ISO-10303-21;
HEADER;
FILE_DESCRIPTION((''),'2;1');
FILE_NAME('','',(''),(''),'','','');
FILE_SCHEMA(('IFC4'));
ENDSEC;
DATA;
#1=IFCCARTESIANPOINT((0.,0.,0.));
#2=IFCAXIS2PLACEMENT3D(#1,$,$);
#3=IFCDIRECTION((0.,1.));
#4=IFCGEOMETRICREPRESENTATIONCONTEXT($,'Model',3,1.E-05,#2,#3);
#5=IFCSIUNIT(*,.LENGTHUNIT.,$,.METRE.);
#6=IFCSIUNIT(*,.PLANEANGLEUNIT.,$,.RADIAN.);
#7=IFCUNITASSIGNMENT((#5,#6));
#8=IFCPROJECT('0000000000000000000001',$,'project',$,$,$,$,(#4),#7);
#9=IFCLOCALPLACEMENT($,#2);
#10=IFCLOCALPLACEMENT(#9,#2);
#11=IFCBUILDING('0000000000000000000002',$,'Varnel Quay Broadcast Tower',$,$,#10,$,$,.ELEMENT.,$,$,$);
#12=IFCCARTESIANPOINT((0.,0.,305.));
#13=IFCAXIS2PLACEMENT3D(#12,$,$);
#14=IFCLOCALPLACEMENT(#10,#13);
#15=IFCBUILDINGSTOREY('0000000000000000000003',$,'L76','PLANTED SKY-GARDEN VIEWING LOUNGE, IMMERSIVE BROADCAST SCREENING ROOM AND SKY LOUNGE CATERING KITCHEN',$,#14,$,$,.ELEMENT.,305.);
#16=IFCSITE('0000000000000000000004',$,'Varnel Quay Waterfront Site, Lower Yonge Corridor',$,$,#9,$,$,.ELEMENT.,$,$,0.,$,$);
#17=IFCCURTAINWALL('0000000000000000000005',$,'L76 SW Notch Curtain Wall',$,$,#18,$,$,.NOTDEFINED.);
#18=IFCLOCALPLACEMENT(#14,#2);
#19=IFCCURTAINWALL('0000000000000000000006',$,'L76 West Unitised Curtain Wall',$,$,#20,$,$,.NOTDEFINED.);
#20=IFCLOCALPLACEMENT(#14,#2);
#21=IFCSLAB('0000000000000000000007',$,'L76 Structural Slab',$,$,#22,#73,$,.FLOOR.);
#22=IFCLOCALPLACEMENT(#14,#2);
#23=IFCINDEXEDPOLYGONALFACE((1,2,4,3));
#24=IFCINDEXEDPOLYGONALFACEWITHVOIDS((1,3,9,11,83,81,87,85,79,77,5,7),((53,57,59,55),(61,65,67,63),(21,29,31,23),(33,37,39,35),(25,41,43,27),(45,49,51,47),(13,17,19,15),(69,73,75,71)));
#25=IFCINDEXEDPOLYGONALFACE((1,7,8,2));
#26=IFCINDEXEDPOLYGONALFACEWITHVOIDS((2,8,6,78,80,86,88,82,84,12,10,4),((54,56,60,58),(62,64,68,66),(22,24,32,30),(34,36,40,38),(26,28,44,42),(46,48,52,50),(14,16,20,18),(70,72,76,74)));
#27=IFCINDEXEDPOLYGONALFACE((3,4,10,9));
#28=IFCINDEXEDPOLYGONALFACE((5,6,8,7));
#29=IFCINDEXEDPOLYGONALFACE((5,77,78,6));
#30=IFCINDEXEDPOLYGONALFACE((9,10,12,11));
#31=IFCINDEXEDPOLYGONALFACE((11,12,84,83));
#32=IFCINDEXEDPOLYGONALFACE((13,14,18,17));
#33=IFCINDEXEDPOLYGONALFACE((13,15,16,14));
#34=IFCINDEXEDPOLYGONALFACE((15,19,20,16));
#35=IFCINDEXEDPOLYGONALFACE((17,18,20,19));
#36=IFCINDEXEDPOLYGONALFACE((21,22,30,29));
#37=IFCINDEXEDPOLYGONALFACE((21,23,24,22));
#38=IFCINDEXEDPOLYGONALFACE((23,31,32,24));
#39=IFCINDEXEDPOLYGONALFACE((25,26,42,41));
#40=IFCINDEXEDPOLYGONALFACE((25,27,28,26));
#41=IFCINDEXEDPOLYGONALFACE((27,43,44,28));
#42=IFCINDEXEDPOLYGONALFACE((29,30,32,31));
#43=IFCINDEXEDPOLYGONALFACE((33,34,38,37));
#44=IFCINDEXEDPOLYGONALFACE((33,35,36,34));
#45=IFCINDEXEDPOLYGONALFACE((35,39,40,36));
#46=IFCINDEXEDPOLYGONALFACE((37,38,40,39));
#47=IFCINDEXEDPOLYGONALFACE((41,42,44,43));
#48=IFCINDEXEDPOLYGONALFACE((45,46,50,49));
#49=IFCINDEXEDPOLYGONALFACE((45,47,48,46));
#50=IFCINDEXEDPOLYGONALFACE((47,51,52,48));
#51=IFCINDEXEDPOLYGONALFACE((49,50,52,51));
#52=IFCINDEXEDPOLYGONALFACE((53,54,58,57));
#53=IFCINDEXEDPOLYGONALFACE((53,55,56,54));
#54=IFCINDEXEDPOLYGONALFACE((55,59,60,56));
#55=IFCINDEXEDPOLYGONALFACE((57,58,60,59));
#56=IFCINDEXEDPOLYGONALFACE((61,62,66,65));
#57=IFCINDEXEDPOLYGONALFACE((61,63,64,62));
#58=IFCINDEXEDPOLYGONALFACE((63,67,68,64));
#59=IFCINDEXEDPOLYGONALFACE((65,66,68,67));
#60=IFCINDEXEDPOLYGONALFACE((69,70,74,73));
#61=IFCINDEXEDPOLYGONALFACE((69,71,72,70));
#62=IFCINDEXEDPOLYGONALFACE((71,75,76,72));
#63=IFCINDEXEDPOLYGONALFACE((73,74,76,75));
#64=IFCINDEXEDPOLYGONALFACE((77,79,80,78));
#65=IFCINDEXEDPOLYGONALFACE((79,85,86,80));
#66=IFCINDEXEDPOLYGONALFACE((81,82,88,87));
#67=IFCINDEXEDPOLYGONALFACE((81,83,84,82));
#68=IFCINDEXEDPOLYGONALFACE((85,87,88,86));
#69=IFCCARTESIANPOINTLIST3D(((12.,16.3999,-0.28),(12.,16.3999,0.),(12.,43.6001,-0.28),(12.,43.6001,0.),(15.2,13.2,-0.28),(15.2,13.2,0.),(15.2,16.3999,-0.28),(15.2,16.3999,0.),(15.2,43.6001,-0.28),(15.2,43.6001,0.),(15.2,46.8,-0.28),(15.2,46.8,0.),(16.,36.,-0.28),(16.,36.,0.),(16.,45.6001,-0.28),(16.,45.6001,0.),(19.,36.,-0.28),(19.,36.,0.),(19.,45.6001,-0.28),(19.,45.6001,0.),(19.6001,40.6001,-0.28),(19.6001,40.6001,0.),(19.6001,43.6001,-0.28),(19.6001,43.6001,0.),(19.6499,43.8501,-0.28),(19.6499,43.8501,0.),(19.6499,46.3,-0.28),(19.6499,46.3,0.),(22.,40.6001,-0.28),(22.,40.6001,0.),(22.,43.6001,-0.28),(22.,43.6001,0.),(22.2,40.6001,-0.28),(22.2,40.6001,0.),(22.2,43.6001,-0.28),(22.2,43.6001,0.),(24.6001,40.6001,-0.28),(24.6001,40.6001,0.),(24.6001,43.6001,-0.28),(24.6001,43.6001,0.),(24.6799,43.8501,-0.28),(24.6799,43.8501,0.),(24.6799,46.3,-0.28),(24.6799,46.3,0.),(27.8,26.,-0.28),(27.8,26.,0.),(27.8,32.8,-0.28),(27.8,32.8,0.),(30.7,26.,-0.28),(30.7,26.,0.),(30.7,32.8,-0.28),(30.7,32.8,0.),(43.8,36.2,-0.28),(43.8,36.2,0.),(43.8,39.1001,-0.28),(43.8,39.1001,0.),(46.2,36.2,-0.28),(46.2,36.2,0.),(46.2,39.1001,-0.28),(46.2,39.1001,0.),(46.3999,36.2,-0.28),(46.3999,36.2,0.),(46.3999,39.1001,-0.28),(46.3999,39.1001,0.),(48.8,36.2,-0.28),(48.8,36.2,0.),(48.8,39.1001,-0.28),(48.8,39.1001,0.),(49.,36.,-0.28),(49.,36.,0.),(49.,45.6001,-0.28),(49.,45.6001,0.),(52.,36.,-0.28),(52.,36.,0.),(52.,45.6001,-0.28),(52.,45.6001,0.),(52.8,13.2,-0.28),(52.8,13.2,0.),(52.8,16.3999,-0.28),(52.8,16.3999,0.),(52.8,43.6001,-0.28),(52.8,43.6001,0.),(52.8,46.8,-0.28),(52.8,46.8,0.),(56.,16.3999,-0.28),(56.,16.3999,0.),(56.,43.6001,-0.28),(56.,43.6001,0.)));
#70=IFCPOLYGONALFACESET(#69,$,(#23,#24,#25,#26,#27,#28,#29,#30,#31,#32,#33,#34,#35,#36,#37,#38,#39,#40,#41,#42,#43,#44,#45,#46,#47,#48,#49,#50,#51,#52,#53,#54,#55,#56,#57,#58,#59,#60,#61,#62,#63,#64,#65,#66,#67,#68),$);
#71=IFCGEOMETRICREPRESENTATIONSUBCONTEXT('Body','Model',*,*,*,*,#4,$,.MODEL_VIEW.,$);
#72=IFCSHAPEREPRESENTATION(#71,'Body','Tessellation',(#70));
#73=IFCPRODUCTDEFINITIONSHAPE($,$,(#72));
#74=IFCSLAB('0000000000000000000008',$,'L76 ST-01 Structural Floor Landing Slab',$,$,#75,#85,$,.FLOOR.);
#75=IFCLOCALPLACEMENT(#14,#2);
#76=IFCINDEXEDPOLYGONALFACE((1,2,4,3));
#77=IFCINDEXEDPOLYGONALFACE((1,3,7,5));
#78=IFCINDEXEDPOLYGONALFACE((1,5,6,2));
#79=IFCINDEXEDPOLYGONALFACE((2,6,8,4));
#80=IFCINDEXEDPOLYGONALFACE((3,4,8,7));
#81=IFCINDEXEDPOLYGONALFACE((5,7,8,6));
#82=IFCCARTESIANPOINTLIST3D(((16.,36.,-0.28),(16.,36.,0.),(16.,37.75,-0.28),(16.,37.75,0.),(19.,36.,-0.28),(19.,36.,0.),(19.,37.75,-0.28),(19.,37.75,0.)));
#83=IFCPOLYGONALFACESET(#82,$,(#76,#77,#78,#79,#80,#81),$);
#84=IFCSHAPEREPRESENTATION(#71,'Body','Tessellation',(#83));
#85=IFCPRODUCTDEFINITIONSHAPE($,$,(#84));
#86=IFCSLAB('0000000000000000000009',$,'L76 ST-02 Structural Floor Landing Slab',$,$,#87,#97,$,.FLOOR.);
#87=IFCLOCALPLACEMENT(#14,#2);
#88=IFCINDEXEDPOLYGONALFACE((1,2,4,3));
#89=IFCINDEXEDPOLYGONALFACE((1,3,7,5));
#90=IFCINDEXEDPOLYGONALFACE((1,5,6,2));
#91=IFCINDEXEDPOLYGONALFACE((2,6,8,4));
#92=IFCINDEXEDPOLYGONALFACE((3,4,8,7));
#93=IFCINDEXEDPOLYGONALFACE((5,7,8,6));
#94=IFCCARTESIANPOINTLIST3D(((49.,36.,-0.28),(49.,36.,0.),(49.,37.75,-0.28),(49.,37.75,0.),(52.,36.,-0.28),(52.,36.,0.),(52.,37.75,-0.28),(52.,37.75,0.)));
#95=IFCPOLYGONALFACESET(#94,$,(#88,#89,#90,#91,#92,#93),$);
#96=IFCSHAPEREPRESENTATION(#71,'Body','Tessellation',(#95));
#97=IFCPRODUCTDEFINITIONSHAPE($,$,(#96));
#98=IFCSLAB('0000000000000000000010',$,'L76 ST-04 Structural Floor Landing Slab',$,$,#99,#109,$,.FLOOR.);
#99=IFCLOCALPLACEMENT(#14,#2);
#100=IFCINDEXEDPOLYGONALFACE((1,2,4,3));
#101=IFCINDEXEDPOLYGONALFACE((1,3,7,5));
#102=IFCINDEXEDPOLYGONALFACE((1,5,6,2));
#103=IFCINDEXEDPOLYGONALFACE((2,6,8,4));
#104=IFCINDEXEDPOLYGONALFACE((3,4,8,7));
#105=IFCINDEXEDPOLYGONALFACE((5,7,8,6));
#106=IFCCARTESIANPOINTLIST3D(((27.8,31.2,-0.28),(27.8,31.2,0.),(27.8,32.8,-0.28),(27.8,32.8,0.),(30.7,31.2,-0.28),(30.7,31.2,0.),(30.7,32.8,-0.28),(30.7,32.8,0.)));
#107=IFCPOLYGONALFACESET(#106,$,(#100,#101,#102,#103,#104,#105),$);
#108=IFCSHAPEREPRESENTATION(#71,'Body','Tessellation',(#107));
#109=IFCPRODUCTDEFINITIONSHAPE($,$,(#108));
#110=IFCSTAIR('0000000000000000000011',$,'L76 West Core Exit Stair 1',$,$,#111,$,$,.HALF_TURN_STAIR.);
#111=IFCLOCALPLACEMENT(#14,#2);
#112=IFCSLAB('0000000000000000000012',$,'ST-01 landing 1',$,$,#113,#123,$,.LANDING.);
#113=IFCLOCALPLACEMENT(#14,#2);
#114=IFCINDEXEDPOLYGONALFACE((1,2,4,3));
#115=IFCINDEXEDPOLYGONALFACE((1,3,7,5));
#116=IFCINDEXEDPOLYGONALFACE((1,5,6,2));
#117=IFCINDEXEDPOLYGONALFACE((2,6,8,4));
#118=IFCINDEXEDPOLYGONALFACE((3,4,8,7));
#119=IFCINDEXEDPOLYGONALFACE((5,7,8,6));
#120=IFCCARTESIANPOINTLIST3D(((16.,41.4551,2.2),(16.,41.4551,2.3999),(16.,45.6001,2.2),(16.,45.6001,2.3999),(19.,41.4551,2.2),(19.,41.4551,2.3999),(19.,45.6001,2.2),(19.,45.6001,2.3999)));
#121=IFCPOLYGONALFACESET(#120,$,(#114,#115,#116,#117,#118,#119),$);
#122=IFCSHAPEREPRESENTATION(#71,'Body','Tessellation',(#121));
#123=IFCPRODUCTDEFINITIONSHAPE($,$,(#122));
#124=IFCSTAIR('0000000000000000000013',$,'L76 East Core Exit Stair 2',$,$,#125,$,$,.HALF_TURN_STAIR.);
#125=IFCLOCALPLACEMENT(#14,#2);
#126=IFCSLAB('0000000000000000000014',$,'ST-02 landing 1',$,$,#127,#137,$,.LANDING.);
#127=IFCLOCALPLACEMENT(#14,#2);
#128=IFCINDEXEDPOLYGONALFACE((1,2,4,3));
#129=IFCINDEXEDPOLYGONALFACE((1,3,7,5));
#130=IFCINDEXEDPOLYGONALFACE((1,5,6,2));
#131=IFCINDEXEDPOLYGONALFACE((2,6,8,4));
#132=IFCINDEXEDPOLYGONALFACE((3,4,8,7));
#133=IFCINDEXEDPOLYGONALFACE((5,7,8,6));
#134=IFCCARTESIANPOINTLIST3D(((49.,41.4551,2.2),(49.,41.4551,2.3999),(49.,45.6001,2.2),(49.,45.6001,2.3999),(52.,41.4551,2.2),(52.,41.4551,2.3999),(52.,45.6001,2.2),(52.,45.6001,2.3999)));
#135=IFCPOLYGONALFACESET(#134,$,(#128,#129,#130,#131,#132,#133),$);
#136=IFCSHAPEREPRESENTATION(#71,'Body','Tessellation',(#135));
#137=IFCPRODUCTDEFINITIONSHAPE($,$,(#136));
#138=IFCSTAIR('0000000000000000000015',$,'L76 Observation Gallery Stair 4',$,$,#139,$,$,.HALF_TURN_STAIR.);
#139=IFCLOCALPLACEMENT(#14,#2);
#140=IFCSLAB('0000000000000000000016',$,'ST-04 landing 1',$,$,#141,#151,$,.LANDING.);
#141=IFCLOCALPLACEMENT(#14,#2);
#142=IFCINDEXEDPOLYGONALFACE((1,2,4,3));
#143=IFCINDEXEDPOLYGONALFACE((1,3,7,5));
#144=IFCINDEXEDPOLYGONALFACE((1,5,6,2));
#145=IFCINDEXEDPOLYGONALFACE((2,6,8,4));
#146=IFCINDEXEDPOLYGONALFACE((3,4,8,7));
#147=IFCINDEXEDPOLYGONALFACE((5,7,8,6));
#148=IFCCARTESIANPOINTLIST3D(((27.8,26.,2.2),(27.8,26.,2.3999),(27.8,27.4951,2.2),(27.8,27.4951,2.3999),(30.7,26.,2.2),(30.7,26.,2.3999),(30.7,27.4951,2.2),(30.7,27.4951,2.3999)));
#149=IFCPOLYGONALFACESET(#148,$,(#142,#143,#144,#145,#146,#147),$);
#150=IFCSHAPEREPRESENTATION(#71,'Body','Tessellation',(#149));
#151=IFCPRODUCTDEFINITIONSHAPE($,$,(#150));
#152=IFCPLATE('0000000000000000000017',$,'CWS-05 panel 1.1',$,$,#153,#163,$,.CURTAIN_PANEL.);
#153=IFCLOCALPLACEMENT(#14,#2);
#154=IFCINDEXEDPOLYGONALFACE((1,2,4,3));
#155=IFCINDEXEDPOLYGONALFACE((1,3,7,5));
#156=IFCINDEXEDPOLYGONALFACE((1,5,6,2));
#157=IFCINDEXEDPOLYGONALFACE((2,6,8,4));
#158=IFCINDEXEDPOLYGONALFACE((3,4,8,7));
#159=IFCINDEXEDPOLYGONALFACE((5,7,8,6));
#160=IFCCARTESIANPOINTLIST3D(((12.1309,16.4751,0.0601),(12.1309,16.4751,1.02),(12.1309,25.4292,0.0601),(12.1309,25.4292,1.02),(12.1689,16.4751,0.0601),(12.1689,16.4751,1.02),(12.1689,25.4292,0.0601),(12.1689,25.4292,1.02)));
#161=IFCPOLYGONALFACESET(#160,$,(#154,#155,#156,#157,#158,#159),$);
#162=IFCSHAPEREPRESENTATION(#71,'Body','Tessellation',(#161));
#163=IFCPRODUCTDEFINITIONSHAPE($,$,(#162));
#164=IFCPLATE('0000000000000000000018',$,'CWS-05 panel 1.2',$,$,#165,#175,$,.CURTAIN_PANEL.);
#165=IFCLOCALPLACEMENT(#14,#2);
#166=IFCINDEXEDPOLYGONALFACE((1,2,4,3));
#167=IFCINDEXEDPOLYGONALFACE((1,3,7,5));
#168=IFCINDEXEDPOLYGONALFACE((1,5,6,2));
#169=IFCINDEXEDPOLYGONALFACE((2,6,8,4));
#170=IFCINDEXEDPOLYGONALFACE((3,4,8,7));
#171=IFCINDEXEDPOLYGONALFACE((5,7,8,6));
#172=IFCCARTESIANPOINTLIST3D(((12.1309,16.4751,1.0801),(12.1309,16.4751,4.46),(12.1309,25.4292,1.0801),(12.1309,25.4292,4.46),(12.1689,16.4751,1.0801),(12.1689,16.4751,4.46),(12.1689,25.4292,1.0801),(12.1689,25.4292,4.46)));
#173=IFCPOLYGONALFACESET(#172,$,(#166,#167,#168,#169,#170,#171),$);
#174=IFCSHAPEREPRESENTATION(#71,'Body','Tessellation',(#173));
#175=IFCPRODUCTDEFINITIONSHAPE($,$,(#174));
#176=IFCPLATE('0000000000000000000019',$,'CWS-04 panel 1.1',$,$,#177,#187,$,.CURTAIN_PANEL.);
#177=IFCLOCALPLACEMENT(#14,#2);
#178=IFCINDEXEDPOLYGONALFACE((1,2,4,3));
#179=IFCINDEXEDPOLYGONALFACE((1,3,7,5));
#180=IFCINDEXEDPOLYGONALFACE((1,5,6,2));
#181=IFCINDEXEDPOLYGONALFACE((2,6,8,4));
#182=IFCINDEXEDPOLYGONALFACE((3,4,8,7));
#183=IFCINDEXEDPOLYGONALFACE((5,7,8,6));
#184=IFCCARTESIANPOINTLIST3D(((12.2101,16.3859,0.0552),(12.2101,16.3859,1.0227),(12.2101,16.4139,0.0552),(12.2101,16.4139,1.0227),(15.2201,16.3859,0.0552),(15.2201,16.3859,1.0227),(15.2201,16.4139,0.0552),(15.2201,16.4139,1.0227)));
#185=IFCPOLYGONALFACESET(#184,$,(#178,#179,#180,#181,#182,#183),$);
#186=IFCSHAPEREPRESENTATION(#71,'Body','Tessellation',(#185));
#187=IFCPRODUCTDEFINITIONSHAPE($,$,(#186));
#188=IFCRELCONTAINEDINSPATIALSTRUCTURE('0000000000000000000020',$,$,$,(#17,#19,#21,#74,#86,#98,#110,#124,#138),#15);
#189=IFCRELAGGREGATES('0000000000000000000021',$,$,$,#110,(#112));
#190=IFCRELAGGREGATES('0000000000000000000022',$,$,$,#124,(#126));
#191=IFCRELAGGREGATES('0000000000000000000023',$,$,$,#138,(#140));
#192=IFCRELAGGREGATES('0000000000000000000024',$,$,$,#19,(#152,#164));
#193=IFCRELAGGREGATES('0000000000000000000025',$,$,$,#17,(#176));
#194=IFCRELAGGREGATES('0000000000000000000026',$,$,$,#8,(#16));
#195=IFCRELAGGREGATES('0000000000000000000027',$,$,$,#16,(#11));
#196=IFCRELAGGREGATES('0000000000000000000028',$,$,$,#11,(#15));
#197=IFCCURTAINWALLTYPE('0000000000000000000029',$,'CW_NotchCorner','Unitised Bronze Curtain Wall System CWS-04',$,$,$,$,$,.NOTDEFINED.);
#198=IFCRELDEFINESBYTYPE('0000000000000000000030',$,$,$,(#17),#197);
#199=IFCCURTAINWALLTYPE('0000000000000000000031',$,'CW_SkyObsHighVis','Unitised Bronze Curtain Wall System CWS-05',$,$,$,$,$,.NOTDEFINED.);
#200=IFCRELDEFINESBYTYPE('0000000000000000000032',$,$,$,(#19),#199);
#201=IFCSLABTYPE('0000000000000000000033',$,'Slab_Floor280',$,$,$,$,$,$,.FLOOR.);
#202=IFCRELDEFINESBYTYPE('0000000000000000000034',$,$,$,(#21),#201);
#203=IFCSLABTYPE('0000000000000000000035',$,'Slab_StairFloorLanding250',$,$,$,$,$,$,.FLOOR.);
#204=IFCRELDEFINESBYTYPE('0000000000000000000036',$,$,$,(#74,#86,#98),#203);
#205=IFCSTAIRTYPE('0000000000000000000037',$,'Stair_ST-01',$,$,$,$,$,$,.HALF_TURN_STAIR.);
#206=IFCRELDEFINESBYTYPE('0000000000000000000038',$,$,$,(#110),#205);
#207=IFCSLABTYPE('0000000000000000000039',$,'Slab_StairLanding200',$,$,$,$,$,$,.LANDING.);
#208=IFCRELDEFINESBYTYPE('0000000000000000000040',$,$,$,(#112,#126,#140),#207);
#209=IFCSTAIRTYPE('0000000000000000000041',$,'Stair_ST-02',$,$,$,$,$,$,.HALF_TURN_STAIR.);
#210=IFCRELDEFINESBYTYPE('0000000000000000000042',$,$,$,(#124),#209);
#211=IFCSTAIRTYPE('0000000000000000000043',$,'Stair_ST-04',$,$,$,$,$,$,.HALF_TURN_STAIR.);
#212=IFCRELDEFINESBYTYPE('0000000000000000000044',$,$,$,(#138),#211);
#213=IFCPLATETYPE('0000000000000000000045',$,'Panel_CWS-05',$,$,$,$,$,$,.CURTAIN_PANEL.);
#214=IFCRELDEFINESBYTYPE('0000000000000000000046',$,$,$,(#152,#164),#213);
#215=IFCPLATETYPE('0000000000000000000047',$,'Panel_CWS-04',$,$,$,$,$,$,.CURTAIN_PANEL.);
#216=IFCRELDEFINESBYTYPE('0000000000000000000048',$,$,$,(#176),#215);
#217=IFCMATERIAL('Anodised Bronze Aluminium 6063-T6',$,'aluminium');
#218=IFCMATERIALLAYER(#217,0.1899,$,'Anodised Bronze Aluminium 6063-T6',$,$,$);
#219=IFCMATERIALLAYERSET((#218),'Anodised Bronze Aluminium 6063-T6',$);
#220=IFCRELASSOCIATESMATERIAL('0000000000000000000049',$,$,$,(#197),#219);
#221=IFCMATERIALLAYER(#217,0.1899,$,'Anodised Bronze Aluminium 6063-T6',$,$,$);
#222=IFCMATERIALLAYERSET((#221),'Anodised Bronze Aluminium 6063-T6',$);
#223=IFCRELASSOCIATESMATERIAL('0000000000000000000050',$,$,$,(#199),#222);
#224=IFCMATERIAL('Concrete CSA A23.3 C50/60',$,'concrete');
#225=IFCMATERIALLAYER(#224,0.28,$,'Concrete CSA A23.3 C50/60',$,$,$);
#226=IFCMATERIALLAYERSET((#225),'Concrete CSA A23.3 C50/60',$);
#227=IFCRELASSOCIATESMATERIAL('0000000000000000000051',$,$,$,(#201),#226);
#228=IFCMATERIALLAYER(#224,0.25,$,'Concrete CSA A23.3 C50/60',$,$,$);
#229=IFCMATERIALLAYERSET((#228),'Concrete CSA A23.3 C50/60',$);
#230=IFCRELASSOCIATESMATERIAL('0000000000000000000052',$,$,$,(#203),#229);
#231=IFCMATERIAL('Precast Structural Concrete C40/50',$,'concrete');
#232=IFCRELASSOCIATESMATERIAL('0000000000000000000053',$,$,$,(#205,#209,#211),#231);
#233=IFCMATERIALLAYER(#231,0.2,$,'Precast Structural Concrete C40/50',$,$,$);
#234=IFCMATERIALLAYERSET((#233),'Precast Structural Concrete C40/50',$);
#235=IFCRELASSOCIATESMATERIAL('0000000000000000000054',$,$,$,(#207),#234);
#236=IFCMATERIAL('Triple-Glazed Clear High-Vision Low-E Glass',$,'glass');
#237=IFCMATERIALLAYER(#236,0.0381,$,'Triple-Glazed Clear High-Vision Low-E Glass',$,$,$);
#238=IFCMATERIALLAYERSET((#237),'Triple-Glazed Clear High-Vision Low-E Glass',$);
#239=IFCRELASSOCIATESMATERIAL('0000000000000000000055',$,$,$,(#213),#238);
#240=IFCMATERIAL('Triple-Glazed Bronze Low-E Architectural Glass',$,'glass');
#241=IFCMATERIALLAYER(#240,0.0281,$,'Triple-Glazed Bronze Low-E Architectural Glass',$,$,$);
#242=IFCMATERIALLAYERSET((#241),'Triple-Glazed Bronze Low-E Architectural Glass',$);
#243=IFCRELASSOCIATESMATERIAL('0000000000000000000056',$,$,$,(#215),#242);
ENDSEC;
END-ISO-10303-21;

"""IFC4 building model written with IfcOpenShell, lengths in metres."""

from ifc_helpers import new_model, si_unit, direction, frame, origin, origin_2d, place, context, subcontext, project, spatial, polyline, rectangle, outline, extrude, source, transform, mapped, material, layer, layer_set, type_object, type_shapes, element, aggregate, save


model = new_model("IFC4")

# Units and contexts
model_context = context("Model", 3, precision=1e-05, world=origin(), true_north=direction((0.0, 1.0)))
body_context = subcontext(model_context, "Body", "Model", "MODEL_VIEW")
ifc_project = project(units=[si_unit("LENGTHUNIT", "METRE"), si_unit("PLANEANGLEUNIT", "RADIAN")], contexts=[model_context])

# Site, building, storey
site_placement = place(None, origin())
site = spatial("IfcSite", under=ifc_project, at=site_placement, Name="Varnel Quay Waterfront Site, Lower Yonge Corridor", CompositionType="ELEMENT", RefElevation=0.0)
building_placement = place(site_placement, origin())
building = spatial("IfcBuilding", under=site, at=building_placement, Name="Varnel Quay Broadcast Tower", CompositionType="ELEMENT")
storey_placement = place(building_placement, frame((0.0, 0.0, 305.0)))
storey = spatial("IfcBuildingStorey", under=building, at=storey_placement, Name="L76", Description="PLANTED SKY-GARDEN VIEWING LOUNGE, IMMERSIVE BROADCAST SCREENING ROOM AND SKY LOUNGE CATERING KITCHEN", CompositionType="ELEMENT", Elevation=305.0)

# Curtain walls
ifc_material_1 = material(Name="Anodised Bronze Aluminium 6063-T6", Category="aluminium")
ifc_layer_1 = layer(ifc_material_1, 0.1899, Name="Anodised Bronze Aluminium 6063-T6")
ifc_layer_set_1 = layer_set([ifc_layer_1], Name="Anodised Bronze Aluminium 6063-T6")
curtain_wall_type_1 = type_object("IfcCurtainWallType", Name="CW_NotchCorner", Description="Unitised Bronze Curtain Wall System CWS-04", PredefinedType="NOTDEFINED", material=ifc_layer_set_1)
curtain_wall_1_placement = place(storey_placement, origin())
curtain_wall_1 = element("IfcCurtainWall", 1, at=curtain_wall_1_placement, inside=storey, type_object=curtain_wall_type_1, Name="L76 SW Notch Curtain Wall", PredefinedType="NOTDEFINED")
ifc_layer_2 = layer(ifc_material_1, 0.1899, Name="Anodised Bronze Aluminium 6063-T6")
ifc_layer_set_2 = layer_set([ifc_layer_2], Name="Anodised Bronze Aluminium 6063-T6")
curtain_wall_type_2 = type_object("IfcCurtainWallType", Name="CW_SkyObsHighVis", Description="Unitised Bronze Curtain Wall System CWS-05", PredefinedType="NOTDEFINED", material=ifc_layer_set_2)
curtain_wall_2_placement = place(storey_placement, origin())
curtain_wall_2 = element("IfcCurtainWall", 2, at=curtain_wall_2_placement, inside=storey, type_object=curtain_wall_type_2, Name="L76 West Unitised Curtain Wall", PredefinedType="NOTDEFINED")

# Slabs
ifc_material_2 = material(Name="Concrete CSA A23.3 C50/60", Category="concrete")
ifc_layer_3 = layer(ifc_material_2, 0.28, Name="Concrete CSA A23.3 C50/60")
ifc_layer_set_3 = layer_set([ifc_layer_3], Name="Concrete CSA A23.3 C50/60")
slab_type_1 = type_object("IfcSlabType", Name="Slab_Floor280", PredefinedType="FLOOR", material=ifc_layer_set_3)
slab_1_placement = place(storey_placement, frame((0.0, 0.0, -0.28)))
element("IfcSlab", 3, at=slab_1_placement, inside=storey, type_object=slab_type_1, Name="L76 Structural Slab", PredefinedType="FLOOR", context=body_context, shape_type="SweptSolid", body=[
    extrude(outline(polyline([(15.2, 13.2), (52.8, 13.2), (52.8, 16.3999), (56.0, 16.3999), (56.0, 43.6001), (52.8, 43.6001), (52.8, 46.8), (15.2, 46.8), (15.2, 43.6001), (12.0, 43.6001), (12.0, 16.3999), (15.2, 16.3999), (15.2, 13.2)]), holes=[polyline([(27.8, 32.8), (30.7, 32.8), (30.7, 26.0), (27.8, 26.0), (27.8, 32.8)]), polyline([(43.8, 36.2), (43.8, 39.1001), (46.2, 39.1001), (46.2, 36.2), (43.8, 36.2)]), polyline([(46.3999, 36.2), (46.3999, 39.1001), (48.8, 39.1001), (48.8, 36.2), (46.3999, 36.2)]), polyline([(19.0, 36.0), (16.0, 36.0), (16.0, 45.6001), (19.0, 45.6001), (19.0, 36.0)]), polyline([(52.0, 36.0), (49.0, 36.0), (49.0, 45.6001), (52.0, 45.6001), (52.0, 36.0)]), polyline([(19.6001, 40.6001), (19.6001, 43.6001), (22.0, 43.6001), (22.0, 40.6001), (19.6001, 40.6001)]), polyline([(22.2, 40.6001), (22.2, 43.6001), (24.6001, 43.6001), (24.6001, 40.6001), (22.2, 40.6001)]), polyline([(19.6499, 43.8501), (19.6499, 46.3), (24.6799, 46.3), (24.6799, 43.8501), (19.6499, 43.8501)])]), origin(), (0.0, 0.0, 1.0), 0.28),
])
ifc_layer_4 = layer(ifc_material_2, 0.25, Name="Concrete CSA A23.3 C50/60")
ifc_layer_set_4 = layer_set([ifc_layer_4], Name="Concrete CSA A23.3 C50/60")
slab_type_2 = type_object("IfcSlabType", Name="Slab_StairFloorLanding250", PredefinedType="FLOOR", material=ifc_layer_set_4)
slab_2_placement = place(storey_placement, frame((0.0, 0.0, -0.28)))
element("IfcSlab", 4, at=slab_2_placement, inside=storey, type_object=slab_type_2, Name="L76 ST-01 Structural Floor Landing Slab", PredefinedType="FLOOR", context=body_context, shape_type="SweptSolid", body=[
    extrude(outline(polyline([(19.0, 36.0), (19.0, 37.75), (16.0, 37.75), (16.0, 36.0), (19.0, 36.0)])), origin(), (0.0, 0.0, 1.0), 0.28),
])
slab_3_placement = place(storey_placement, frame((0.0, 0.0, -0.28)))
element("IfcSlab", 5, at=slab_3_placement, inside=storey, type_object=slab_type_2, Name="L76 ST-02 Structural Floor Landing Slab", PredefinedType="FLOOR", context=body_context, shape_type="SweptSolid", body=[
    extrude(outline(polyline([(52.0, 36.0), (52.0, 37.75), (49.0, 37.75), (49.0, 36.0), (52.0, 36.0)])), origin(), (0.0, 0.0, 1.0), 0.28),
])
slab_4_placement = place(storey_placement, frame((0.0, 0.0, -0.28)))
element("IfcSlab", 6, at=slab_4_placement, inside=storey, type_object=slab_type_2, Name="L76 ST-04 Structural Floor Landing Slab", PredefinedType="FLOOR", context=body_context, shape_type="SweptSolid", body=[
    extrude(outline(polyline([(27.8, 32.8), (27.8, 31.2), (30.7, 31.2), (30.7, 32.8), (27.8, 32.8)])), origin(), (0.0, 0.0, 1.0), 0.28),
])

# Stairs, slabs
ifc_material_3 = material(Name="Precast Structural Concrete C40/50", Category="concrete")
stair_type_1 = type_object("IfcStairType", Name="Stair_ST-01", PredefinedType="HALF_TURN_STAIR", material=ifc_material_3)
stair_1_placement = place(storey_placement, origin())
stair_1 = element("IfcStair", 7, at=stair_1_placement, inside=storey, type_object=stair_type_1, Name="L76 West Core Exit Stair 1", PredefinedType="HALF_TURN_STAIR")
ifc_layer_5 = layer(ifc_material_3, 0.2, Name="Precast Structural Concrete C40/50")
ifc_layer_set_5 = layer_set([ifc_layer_5], Name="Precast Structural Concrete C40/50")
slab_type_3 = type_object("IfcSlabType", Name="Slab_StairLanding200", PredefinedType="LANDING", material=ifc_layer_set_5)
slab_5_placement = place(storey_placement, frame((0.0, 0.0, 2.2)))
slab_5 = element("IfcSlab", 8, at=slab_5_placement, type_object=slab_type_3, Name="ST-01 landing 1", PredefinedType="LANDING", context=body_context, shape_type="SweptSolid", body=[
    extrude(outline(polyline([(19.0, 41.4551), (19.0, 45.6001), (16.0, 45.6001), (16.0, 41.4551), (19.0, 41.4551)])), origin(), (0.0, 0.0, 1.0), 0.2),
])
aggregate(stair_1, [slab_5])
stair_type_2 = type_object("IfcStairType", Name="Stair_ST-02", PredefinedType="HALF_TURN_STAIR", material=ifc_material_3)
stair_2_placement = place(storey_placement, origin())
stair_2 = element("IfcStair", 9, at=stair_2_placement, inside=storey, type_object=stair_type_2, Name="L76 East Core Exit Stair 2", PredefinedType="HALF_TURN_STAIR")
slab_6_placement = place(storey_placement, frame((0.0, 0.0, 2.2)))
slab_6 = element("IfcSlab", 10, at=slab_6_placement, type_object=slab_type_3, Name="ST-02 landing 1", PredefinedType="LANDING", context=body_context, shape_type="SweptSolid", body=[
    extrude(outline(polyline([(52.0, 41.4551), (52.0, 45.6001), (49.0, 45.6001), (49.0, 41.4551), (52.0, 41.4551)])), origin(), (0.0, 0.0, 1.0), 0.2),
])
aggregate(stair_2, [slab_6])
stair_type_3 = type_object("IfcStairType", Name="Stair_ST-04", PredefinedType="HALF_TURN_STAIR", material=ifc_material_3)
stair_3_placement = place(storey_placement, origin())
stair_3 = element("IfcStair", 11, at=stair_3_placement, inside=storey, type_object=stair_type_3, Name="L76 Observation Gallery Stair 4", PredefinedType="HALF_TURN_STAIR")
slab_7_placement = place(storey_placement, frame((0.0, 0.0, 2.2)))
slab_7 = element("IfcSlab", 12, at=slab_7_placement, type_object=slab_type_3, Name="ST-04 landing 1", PredefinedType="LANDING", context=body_context, shape_type="SweptSolid", body=[
    extrude(outline(polyline([(27.8, 27.4951), (27.8, 26.0), (30.7, 26.0), (30.7, 27.4951), (27.8, 27.4951)])), origin(), (0.0, 0.0, 1.0), 0.2),
])
aggregate(stair_3, [slab_7])

# Plates
ifc_material_4 = material(Name="Triple-Glazed Clear High-Vision Low-E Glass", Category="glass")
ifc_layer_6 = layer(ifc_material_4, 0.0381, Name="Triple-Glazed Clear High-Vision Low-E Glass")
ifc_layer_set_6 = layer_set([ifc_layer_6], Name="Triple-Glazed Clear High-Vision Low-E Glass")
plate_type_1 = type_object("IfcPlateType", Name="Panel_CWS-05", PredefinedType="CURTAIN_PANEL", material=ifc_layer_set_6)
shared_shape_1 = source(origin(), body_context, "Body", "SweptSolid", [
    extrude(rectangle(XDim=8.9541, YDim=0.0381, at=origin_2d()), origin(), (0.0, 0.0, 1.0), 0.96),
])
plate_1_placement = place(storey_placement, frame((12.1499, 20.9521, 0.0601), z_axis=(0.0, 0.0, 1.0), x_axis=(0.0, 1.0, 0.0)))
plate_1 = element("IfcPlate", 13, at=plate_1_placement, type_object=plate_type_1, Name="CWS-05 panel 1.1", PredefinedType="CURTAIN_PANEL", context=body_context, shape_type="MappedRepresentation", body=[
    mapped(shared_shape_1, transform((0.0, 0.0, 0.0), x_axis=(1.0, 0.0, 0.0), y_axis=(0.0, 1.0, 0.0), z_axis=(0.0, 0.0, 1.0), scale=1.0)),
])
shared_shape_2 = source(origin(), body_context, "Body", "SweptSolid", [
    extrude(rectangle(XDim=8.9541, YDim=0.0381, at=origin_2d()), origin(), (0.0, 0.0, 1.0), 3.3799),
])
type_shapes(plate_type_1, [shared_shape_1, shared_shape_2])
plate_2_placement = place(storey_placement, frame((12.1499, 20.9521, 1.0801), z_axis=(0.0, 0.0, 1.0), x_axis=(0.0, 1.0, 0.0)))
plate_2 = element("IfcPlate", 14, at=plate_2_placement, type_object=plate_type_1, Name="CWS-05 panel 1.2", PredefinedType="CURTAIN_PANEL", context=body_context, shape_type="MappedRepresentation", body=[
    mapped(shared_shape_2, transform((0.0, 0.0, 0.0), x_axis=(1.0, 0.0, 0.0), y_axis=(0.0, 1.0, 0.0), z_axis=(0.0, 0.0, 1.0), scale=1.0)),
])
aggregate(curtain_wall_2, [plate_1, plate_2])
ifc_material_5 = material(Name="Triple-Glazed Bronze Low-E Architectural Glass", Category="glass")
ifc_layer_7 = layer(ifc_material_5, 0.0281, Name="Triple-Glazed Bronze Low-E Architectural Glass")
ifc_layer_set_7 = layer_set([ifc_layer_7], Name="Triple-Glazed Bronze Low-E Architectural Glass")
plate_type_2 = type_object("IfcPlateType", Name="Panel_CWS-04", PredefinedType="CURTAIN_PANEL", material=ifc_layer_set_7)
shared_shape_3 = source(origin(), body_context, "Body", "SweptSolid", [
    extrude(rectangle(XDim=3.01, YDim=0.0281, at=origin_2d()), origin(), (0.0, 0.0, 1.0), 0.9675),
])
plate_3_placement = place(storey_placement, frame((13.7151, 16.3999, 0.0552), z_axis=(0.0, 0.0, 1.0), x_axis=(1.0, 0.0, 0.0)))
plate_3 = element("IfcPlate", 15, at=plate_3_placement, type_object=plate_type_2, Name="CWS-04 panel 1.1", PredefinedType="CURTAIN_PANEL", context=body_context, shape_type="MappedRepresentation", body=[
    mapped(shared_shape_3, transform((0.0, 0.0, 0.0), x_axis=(1.0, 0.0, 0.0), y_axis=(0.0, 1.0, 0.0), z_axis=(0.0, 0.0, 1.0), scale=1.0)),
])
aggregate(curtain_wall_1, [plate_3])

save(model, "model.ifc")
